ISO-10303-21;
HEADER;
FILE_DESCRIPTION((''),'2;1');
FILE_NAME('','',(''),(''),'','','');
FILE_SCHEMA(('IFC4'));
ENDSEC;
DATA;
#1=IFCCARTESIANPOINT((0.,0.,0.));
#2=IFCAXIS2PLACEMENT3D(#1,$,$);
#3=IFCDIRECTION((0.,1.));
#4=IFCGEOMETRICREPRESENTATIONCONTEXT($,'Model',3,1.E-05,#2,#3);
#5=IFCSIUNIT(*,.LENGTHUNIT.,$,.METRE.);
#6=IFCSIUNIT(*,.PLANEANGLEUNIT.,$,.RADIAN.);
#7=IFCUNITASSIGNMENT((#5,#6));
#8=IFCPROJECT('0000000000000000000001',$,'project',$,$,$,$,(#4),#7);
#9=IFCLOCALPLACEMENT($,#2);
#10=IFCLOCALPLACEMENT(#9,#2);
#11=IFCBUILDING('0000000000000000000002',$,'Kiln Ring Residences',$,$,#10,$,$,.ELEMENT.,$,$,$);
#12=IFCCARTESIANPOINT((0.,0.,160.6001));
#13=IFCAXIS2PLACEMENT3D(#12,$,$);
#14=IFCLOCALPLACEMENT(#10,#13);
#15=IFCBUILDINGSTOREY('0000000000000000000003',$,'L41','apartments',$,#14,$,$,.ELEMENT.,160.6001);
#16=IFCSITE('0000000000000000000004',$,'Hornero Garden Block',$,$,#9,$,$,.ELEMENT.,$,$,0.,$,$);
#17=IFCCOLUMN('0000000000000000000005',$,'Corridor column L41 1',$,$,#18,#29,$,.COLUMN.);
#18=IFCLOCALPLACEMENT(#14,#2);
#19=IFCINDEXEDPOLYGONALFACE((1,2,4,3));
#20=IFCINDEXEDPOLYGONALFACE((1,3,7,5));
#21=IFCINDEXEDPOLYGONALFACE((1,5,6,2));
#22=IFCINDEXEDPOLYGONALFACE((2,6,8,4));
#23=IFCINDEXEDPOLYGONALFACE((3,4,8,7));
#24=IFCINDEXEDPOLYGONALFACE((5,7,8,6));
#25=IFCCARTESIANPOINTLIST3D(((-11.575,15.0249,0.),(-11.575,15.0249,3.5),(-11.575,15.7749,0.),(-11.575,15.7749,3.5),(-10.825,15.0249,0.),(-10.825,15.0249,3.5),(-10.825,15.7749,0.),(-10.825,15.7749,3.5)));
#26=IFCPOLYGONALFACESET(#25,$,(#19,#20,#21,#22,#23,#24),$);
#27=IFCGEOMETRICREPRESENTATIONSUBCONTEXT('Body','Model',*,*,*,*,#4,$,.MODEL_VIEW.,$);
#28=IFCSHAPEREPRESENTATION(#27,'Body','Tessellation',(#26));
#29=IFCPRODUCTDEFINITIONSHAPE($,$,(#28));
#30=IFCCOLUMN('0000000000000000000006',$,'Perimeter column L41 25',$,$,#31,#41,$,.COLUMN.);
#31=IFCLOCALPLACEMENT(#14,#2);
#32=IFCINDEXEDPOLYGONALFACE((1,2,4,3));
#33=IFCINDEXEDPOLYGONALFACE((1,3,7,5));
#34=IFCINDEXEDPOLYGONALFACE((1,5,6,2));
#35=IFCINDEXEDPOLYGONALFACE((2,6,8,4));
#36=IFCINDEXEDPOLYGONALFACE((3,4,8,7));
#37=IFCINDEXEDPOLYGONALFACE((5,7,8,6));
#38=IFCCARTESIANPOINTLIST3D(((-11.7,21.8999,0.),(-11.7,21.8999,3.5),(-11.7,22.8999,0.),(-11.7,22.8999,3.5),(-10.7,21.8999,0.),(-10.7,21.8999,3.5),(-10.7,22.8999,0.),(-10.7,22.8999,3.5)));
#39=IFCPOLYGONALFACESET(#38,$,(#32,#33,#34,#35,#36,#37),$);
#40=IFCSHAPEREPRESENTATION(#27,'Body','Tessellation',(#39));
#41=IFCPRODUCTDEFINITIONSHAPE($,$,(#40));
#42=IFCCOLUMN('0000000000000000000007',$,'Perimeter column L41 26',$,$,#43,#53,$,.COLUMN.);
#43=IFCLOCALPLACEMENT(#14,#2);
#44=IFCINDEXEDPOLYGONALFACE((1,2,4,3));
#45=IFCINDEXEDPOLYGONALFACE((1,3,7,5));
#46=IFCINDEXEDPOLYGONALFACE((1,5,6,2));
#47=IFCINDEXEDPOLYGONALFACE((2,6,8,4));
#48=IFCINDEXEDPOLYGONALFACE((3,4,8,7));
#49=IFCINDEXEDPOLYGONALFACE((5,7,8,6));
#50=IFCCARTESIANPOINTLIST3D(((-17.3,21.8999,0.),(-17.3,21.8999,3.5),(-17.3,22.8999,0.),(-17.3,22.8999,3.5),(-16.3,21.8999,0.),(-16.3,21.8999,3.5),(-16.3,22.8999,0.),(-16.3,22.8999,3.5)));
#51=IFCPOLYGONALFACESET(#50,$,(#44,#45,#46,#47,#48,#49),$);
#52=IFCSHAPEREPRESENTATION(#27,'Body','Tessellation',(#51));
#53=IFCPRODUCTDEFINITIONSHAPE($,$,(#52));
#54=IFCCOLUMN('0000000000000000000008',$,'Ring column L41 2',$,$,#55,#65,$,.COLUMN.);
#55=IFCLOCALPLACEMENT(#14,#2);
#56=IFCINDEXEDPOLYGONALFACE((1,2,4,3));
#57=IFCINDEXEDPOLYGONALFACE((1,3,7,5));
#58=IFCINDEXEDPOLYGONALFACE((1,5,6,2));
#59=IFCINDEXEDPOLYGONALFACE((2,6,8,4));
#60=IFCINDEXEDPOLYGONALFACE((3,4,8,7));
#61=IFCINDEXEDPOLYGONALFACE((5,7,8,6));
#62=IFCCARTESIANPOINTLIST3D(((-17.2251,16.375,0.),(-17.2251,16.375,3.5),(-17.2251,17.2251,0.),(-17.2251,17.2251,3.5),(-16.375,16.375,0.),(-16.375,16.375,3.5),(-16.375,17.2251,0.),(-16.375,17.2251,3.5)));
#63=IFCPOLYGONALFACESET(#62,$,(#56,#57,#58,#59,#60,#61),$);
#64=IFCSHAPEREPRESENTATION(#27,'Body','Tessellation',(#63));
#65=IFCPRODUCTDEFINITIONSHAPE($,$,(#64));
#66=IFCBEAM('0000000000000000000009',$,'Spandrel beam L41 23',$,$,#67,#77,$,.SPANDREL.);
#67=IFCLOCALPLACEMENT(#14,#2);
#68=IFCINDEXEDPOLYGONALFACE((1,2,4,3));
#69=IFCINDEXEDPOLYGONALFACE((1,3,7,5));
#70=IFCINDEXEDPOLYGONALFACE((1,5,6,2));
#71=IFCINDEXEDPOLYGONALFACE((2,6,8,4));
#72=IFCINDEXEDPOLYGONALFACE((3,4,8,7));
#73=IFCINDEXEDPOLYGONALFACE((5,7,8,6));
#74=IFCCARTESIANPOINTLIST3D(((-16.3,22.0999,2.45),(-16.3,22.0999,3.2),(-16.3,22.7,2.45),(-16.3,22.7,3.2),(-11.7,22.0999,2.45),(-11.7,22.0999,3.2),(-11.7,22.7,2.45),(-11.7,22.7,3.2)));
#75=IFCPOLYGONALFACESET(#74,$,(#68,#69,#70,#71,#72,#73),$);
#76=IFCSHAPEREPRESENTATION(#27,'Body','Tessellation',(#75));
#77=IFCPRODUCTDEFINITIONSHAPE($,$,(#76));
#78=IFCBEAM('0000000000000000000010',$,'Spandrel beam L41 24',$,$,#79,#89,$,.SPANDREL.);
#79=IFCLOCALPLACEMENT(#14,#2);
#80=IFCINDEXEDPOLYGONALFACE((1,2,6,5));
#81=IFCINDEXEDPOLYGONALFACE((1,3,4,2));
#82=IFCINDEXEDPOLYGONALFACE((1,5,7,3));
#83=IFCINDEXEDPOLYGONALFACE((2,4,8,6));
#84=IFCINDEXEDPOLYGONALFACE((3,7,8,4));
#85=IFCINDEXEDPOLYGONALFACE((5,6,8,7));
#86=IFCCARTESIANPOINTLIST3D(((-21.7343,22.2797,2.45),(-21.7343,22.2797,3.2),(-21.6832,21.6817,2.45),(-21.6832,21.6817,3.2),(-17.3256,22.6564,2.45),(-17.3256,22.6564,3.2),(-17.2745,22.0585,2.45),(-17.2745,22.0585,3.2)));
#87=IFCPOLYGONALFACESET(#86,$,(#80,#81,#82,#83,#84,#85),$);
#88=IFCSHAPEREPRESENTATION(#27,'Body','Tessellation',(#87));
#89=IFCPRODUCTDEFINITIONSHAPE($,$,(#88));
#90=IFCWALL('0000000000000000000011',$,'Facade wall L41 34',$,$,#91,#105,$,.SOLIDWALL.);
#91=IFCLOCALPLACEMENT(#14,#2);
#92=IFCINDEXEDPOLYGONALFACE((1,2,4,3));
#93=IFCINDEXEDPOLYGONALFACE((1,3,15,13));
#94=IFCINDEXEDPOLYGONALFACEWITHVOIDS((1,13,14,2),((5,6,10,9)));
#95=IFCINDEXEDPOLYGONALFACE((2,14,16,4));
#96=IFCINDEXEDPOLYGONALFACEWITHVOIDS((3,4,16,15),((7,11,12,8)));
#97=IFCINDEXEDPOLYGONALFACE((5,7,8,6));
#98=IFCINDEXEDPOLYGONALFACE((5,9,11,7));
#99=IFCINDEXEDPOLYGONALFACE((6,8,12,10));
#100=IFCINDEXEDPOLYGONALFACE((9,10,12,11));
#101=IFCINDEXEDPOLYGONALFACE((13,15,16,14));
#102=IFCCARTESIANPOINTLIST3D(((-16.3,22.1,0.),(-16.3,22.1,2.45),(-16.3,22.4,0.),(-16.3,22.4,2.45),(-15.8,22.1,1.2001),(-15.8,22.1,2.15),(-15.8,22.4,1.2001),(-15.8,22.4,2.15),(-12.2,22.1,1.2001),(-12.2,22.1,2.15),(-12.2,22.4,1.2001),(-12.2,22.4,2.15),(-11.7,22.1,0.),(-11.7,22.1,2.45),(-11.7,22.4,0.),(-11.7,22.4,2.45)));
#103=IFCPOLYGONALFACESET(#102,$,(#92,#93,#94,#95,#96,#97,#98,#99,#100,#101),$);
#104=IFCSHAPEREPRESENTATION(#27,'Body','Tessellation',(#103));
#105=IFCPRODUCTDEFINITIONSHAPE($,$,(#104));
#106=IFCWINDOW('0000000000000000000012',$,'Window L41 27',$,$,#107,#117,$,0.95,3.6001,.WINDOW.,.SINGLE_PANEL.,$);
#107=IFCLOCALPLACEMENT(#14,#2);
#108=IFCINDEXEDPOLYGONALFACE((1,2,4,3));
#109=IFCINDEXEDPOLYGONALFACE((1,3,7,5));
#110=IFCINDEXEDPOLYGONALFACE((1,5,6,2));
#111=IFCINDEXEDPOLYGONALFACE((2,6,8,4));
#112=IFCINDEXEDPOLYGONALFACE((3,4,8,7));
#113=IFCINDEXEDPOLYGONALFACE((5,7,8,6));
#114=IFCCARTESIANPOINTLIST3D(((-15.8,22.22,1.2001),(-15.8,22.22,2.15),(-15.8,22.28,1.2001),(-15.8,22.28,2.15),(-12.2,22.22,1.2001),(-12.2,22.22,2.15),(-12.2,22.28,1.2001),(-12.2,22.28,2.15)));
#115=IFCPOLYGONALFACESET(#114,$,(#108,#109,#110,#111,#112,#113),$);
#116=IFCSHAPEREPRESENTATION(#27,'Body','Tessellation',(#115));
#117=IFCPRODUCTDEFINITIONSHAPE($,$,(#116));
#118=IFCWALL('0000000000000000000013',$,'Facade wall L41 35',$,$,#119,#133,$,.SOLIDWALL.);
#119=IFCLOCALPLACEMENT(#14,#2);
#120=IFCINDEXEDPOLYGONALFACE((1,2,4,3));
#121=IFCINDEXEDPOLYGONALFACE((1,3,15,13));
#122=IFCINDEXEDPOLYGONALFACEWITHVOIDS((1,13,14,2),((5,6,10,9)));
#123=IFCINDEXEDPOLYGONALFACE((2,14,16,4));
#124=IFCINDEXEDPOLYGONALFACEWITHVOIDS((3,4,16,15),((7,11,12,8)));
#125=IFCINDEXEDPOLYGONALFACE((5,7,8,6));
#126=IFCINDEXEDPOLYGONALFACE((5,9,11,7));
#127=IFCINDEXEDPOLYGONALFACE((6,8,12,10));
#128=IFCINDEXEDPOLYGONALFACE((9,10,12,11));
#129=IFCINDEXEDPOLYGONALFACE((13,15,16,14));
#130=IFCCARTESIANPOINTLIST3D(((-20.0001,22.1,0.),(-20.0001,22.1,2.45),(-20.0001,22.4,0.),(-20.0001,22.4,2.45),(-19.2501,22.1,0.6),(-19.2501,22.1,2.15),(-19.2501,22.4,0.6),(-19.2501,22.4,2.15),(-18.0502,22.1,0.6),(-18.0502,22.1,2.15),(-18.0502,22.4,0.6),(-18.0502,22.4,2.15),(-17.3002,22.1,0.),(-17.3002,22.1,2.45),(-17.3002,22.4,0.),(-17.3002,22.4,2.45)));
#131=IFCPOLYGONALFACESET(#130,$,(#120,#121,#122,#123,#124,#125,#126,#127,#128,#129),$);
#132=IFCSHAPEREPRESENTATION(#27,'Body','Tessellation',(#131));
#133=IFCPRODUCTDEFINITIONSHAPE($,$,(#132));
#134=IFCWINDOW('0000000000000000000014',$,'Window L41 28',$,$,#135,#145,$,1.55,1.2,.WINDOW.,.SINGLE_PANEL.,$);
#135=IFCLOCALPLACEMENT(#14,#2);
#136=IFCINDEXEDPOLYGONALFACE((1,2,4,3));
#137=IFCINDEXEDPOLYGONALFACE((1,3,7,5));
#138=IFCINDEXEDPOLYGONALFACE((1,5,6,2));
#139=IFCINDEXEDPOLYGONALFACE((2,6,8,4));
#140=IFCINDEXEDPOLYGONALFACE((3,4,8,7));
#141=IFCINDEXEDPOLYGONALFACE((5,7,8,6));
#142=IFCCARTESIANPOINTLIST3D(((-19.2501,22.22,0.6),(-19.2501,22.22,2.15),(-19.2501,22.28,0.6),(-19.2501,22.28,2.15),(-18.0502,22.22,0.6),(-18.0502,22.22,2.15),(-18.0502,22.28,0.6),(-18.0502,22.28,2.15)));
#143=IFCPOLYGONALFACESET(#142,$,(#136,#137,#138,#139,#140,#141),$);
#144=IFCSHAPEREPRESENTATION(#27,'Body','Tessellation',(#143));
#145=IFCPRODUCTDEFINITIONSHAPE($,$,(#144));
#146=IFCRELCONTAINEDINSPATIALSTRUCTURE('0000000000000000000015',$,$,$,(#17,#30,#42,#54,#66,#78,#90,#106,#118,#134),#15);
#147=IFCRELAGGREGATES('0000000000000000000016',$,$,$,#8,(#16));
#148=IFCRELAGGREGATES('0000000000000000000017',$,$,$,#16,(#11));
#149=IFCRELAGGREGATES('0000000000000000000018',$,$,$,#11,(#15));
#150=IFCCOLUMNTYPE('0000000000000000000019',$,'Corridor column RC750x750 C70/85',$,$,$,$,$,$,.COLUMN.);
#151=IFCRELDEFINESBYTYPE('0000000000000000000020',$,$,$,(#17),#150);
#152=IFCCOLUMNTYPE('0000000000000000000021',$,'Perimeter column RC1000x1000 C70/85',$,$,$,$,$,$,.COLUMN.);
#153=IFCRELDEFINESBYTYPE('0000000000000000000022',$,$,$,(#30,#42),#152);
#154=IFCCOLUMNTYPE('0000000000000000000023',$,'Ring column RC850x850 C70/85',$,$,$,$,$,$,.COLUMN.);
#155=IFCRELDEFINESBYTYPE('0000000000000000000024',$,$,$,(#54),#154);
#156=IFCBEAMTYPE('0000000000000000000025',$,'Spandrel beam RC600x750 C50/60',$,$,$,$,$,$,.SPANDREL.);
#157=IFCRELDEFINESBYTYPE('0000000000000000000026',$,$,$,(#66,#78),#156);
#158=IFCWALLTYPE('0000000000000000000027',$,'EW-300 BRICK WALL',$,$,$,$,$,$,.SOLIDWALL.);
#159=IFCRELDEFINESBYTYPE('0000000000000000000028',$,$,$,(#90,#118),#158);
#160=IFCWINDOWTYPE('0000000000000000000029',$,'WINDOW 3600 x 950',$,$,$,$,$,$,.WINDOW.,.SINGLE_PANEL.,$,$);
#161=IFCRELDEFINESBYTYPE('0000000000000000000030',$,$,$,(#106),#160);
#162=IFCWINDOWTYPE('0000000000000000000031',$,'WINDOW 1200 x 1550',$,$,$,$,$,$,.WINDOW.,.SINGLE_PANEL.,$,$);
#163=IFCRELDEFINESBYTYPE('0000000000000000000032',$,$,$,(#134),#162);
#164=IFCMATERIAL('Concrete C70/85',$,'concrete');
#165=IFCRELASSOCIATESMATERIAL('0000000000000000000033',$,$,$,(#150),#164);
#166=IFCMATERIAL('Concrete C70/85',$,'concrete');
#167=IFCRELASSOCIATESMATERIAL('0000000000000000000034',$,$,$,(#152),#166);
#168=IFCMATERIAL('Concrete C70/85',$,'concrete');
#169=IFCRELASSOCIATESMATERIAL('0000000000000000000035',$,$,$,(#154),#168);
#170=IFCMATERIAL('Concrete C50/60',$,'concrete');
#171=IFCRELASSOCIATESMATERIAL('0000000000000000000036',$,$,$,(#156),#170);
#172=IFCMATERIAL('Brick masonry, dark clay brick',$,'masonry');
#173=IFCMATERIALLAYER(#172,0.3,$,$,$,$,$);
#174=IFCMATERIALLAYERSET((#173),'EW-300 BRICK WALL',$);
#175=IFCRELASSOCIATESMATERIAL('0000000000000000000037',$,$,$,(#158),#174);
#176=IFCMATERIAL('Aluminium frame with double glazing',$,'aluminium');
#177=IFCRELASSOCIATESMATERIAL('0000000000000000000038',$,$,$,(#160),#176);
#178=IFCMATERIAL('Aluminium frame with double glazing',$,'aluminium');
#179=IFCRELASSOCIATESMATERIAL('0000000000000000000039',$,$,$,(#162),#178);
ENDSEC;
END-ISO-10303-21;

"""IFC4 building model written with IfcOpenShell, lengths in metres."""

from ifc_helpers import new_model, si_unit, direction, frame, frame_2d, origin, origin_2d, place, context, subcontext, project, spatial, rectangle, extrude, material, layer, layer_set, material_profile, profile_set, type_object, element, fill, save


model = new_model("IFC4")

# Units and contexts
model_context = context("Model", 3, precision=1e-05, world=origin(), true_north=direction((0.0, 1.0)))
body_context = subcontext(model_context, "Body", "Model", "MODEL_VIEW")
ifc_project = project(units=[si_unit("LENGTHUNIT", "METRE"), si_unit("PLANEANGLEUNIT", "RADIAN")], contexts=[model_context])

# Site, building, storey
site_placement = place(None, origin())
site = spatial("IfcSite", under=ifc_project, at=site_placement, Name="Hornero Garden Block", CompositionType="ELEMENT", RefElevation=0.0)
building_placement = place(site_placement, origin())
building = spatial("IfcBuilding", under=site, at=building_placement, Name="Kiln Ring Residences", CompositionType="ELEMENT")
storey_placement = place(building_placement, frame((0.0, 0.0, 160.6001)))
storey = spatial("IfcBuildingStorey", under=building, at=storey_placement, Name="L41", Description="apartments", CompositionType="ELEMENT", Elevation=160.6001)

# Columns
ifc_material_1 = material(Name="Concrete C70/85", Category="concrete")
ifc_material_profile_1 = material_profile(ifc_material_1, rectangle(XDim=0.75, YDim=0.75, at=origin_2d()), Name="RC750x750")
ifc_profile_set_1 = profile_set([ifc_material_profile_1], Name="Concrete C70/85")
column_type_1 = type_object("IfcColumnType", Name="Corridor column RC750x750 C70/85", PredefinedType="COLUMN", material=ifc_profile_set_1)
column_1_placement = place(storey_placement, frame((-11.2, 15.3999, 0.0), z_axis=(0.0, 0.0, 1.0), x_axis=(1.0, 0.0, 0.0)))
element("IfcColumn", 1, at=column_1_placement, inside=storey, type_object=column_type_1, Name="Corridor column L41 1", PredefinedType="COLUMN", context=body_context, shape_type="SweptSolid", body=[
    extrude(rectangle(XDim=0.75, YDim=0.75, at=origin_2d()), origin(), (0.0, 0.0, 1.0), 3.5),
])
ifc_material_2 = material(Name="Concrete C70/85", Category="concrete")
ifc_material_profile_2 = material_profile(ifc_material_2, rectangle(XDim=1.0, YDim=1.0, at=origin_2d()), Name="RC1000x1000")
ifc_profile_set_2 = profile_set([ifc_material_profile_2], Name="Concrete C70/85")
column_type_2 = type_object("IfcColumnType", Name="Perimeter column RC1000x1000 C70/85", PredefinedType="COLUMN", material=ifc_profile_set_2)
for number, where, z_axis, x_axis, name in (
    (2, (-11.2, 22.3999, 0.0), (0.0, 0.0, 1.0), (1.0, 0.0, 0.0), "Perimeter column L41 25"),
    (3, (-16.8, 22.3999, 0.0), (0.0, 0.0, 1.0), (1.0, 0.0, 0.0), "Perimeter column L41 26"),
):
    element("IfcColumn", number, at=place(storey_placement, frame(where, z_axis=z_axis, x_axis=x_axis)), inside=storey, type_object=column_type_2, Name=name, PredefinedType="COLUMN", context=body_context, shape_type="SweptSolid", body=[
        extrude(rectangle(XDim=1.0, YDim=1.0, at=origin_2d()), origin(), (0.0, 0.0, 1.0), 3.5),
    ])
ifc_material_3 = material(Name="Concrete C70/85", Category="concrete")
ifc_material_profile_3 = material_profile(ifc_material_3, rectangle(XDim=0.8501, YDim=0.8501, at=origin_2d()), Name="RC850x850")
ifc_profile_set_3 = profile_set([ifc_material_profile_3], Name="Concrete C70/85")
column_type_3 = type_object("IfcColumnType", Name="Ring column RC850x850 C70/85", PredefinedType="COLUMN", material=ifc_profile_set_3)
column_2_placement = place(storey_placement, frame((-16.8, 16.8, 0.0), z_axis=(0.0, 0.0, 1.0), x_axis=(1.0, 0.0, 0.0)))
element("IfcColumn", 4, at=column_2_placement, inside=storey, type_object=column_type_3, Name="Ring column L41 2", PredefinedType="COLUMN", context=body_context, shape_type="SweptSolid", body=[
    extrude(rectangle(XDim=0.8501, YDim=0.8501, at=origin_2d()), origin(), (0.0, 0.0, 1.0), 3.5),
])

# Beams
ifc_material_4 = material(Name="Concrete C50/60", Category="concrete")
ifc_material_profile_4 = material_profile(ifc_material_4, rectangle(XDim=0.6001, YDim=0.75, at=origin_2d()), Name="RC600x750")
ifc_profile_set_4 = profile_set([ifc_material_profile_4], Name="Concrete C50/60")
beam_type = type_object("IfcBeamType", Name="Spandrel beam RC600x750 C50/60", PredefinedType="SPANDREL", material=ifc_profile_set_4)
beam_1_placement = place(storey_placement, frame((-11.7, 22.3999, 2.825), z_axis=(-1.0, 0.0, 0.0), x_axis=(0.0, -1.0, 0.0)))
element("IfcBeam", 5, at=beam_1_placement, inside=storey, type_object=beam_type, Name="Spandrel beam L41 23", PredefinedType="SPANDREL", context=body_context, shape_type="SweptSolid", body=[
    extrude(rectangle(XDim=0.6001, YDim=0.75, at=origin_2d()), origin(), (0.0, 0.0, 1.0), 4.6001),
])
beam_2_placement = place(storey_placement, frame((-17.3, 22.3574, 2.825), z_axis=(-0.996369, -0.085137, 0.0), x_axis=(0.085137, -0.996369, 0.0)))
element("IfcBeam", 6, at=beam_2_placement, inside=storey, type_object=beam_type, Name="Spandrel beam L41 24", PredefinedType="SPANDREL", context=body_context, shape_type="SweptSolid", body=[
    extrude(rectangle(XDim=0.6001, YDim=0.75, at=origin_2d()), origin(), (0.0, 0.0, 1.0), 4.4248),
])

# Walls, openings, windows
ifc_material_5 = material(Name="Brick masonry, dark clay brick", Category="masonry")
ifc_layer_1 = layer(ifc_material_5, 0.3)
ifc_layer_set_1 = layer_set([ifc_layer_1], Name="EW-300 BRICK WALL")
wall_type_1 = type_object("IfcWallType", Name="EW-300 BRICK WALL", PredefinedType="SOLIDWALL", material=ifc_layer_set_1)
wall_1_placement = place(storey_placement, frame((-11.7, 22.25, 0.0), z_axis=(0.0, 0.0, 1.0), x_axis=(-1.0, 0.0, 0.0)))
wall_1 = element("IfcWall", 7, at=wall_1_placement, inside=storey, type_object=wall_type_1, Name="Facade wall L41 34", PredefinedType="SOLIDWALL", context=body_context, shape_type="SweptSolid", body=[
    extrude(rectangle(XDim=4.6001, YDim=0.3, at=frame_2d((2.3, 0.0))), origin(), (0.0, 0.0, 1.0), 2.45),
])
opening_1_placement = place(wall_1_placement, frame((0.5, 0.0, 1.2)))
opening_1 = element("IfcOpeningElement", 8, at=opening_1_placement, cuts=wall_1, PredefinedType="OPENING", context=body_context, shape_type="SweptSolid", body=[
    extrude(rectangle(XDim=3.6001, YDim=0.95, at=frame_2d((1.8, 0.4751))), frame((0.0, 0.1599, 0.0), z_axis=(0.0, -1.0, 0.0), x_axis=(1.0, 0.0, 0.0)), (0.0, 0.0, 1.0), 0.3201),
])
ifc_material_6 = material(Name="Aluminium frame with double glazing", Category="aluminium")
window_type_1 = type_object("IfcWindowType", Name="WINDOW 3600 x 950", PartitioningType="SINGLE_PANEL", PredefinedType="WINDOW", material=ifc_material_6)
window_1_placement = place(opening_1_placement, origin())
window_1 = element("IfcWindow", 9, at=window_1_placement, inside=storey, type_object=window_type_1, Name="Window L41 27", OverallHeight=0.95, OverallWidth=3.6001, PartitioningType="SINGLE_PANEL", PredefinedType="WINDOW", context=body_context, shape_type="SweptSolid", body=[
    extrude(rectangle(XDim=3.6001, YDim=0.95, at=frame_2d((1.8, 0.4751))), frame((0.0, 0.03, 0.0), z_axis=(0.0, -1.0, 0.0), x_axis=(1.0, 0.0, 0.0)), (0.0, 0.0, 1.0), 0.0601),
])
fill(opening_1, window_1)
wall_2_placement = place(storey_placement, frame((-17.3, 22.25, 0.0), z_axis=(0.0, 0.0, 1.0), x_axis=(-1.0, 0.0, 0.0)))
wall_2 = element("IfcWall", 10, at=wall_2_placement, inside=storey, type_object=wall_type_1, Name="Facade wall L41 35", PredefinedType="SOLIDWALL", context=body_context, shape_type="SweptSolid", body=[
    extrude(rectangle(XDim=2.7, YDim=0.3, at=frame_2d((1.3501, 0.0))), origin(), (0.0, 0.0, 1.0), 2.45),
])
opening_2_placement = place(wall_2_placement, frame((0.75, 0.0, 0.6001)))
opening_2 = element("IfcOpeningElement", 11, at=opening_2_placement, cuts=wall_2, PredefinedType="OPENING", context=body_context, shape_type="SweptSolid", body=[
    extrude(rectangle(XDim=1.2, YDim=1.55, at=frame_2d((0.6001, 0.7749))), frame((0.0, 0.1599, 0.0), z_axis=(0.0, -1.0, 0.0), x_axis=(1.0, 0.0, 0.0)), (0.0, 0.0, 1.0), 0.3201),
])
ifc_material_7 = material(Name="Aluminium frame with double glazing", Category="aluminium")
window_type_2 = type_object("IfcWindowType", Name="WINDOW 1200 x 1550", PartitioningType="SINGLE_PANEL", PredefinedType="WINDOW", material=ifc_material_7)
window_2_placement = place(opening_2_placement, origin())
window_2 = element("IfcWindow", 12, at=window_2_placement, inside=storey, type_object=window_type_2, Name="Window L41 28", OverallHeight=1.55, OverallWidth=1.2, PartitioningType="SINGLE_PANEL", PredefinedType="WINDOW", context=body_context, shape_type="SweptSolid", body=[
    extrude(rectangle(XDim=1.2, YDim=1.55, at=frame_2d((0.6001, 0.7749))), frame((0.0, 0.03, 0.0), z_axis=(0.0, -1.0, 0.0), x_axis=(1.0, 0.0, 0.0)), (0.0, 0.0, 1.0), 0.0601),
])
fill(opening_2, window_2)

save(model, "model.ifc")
